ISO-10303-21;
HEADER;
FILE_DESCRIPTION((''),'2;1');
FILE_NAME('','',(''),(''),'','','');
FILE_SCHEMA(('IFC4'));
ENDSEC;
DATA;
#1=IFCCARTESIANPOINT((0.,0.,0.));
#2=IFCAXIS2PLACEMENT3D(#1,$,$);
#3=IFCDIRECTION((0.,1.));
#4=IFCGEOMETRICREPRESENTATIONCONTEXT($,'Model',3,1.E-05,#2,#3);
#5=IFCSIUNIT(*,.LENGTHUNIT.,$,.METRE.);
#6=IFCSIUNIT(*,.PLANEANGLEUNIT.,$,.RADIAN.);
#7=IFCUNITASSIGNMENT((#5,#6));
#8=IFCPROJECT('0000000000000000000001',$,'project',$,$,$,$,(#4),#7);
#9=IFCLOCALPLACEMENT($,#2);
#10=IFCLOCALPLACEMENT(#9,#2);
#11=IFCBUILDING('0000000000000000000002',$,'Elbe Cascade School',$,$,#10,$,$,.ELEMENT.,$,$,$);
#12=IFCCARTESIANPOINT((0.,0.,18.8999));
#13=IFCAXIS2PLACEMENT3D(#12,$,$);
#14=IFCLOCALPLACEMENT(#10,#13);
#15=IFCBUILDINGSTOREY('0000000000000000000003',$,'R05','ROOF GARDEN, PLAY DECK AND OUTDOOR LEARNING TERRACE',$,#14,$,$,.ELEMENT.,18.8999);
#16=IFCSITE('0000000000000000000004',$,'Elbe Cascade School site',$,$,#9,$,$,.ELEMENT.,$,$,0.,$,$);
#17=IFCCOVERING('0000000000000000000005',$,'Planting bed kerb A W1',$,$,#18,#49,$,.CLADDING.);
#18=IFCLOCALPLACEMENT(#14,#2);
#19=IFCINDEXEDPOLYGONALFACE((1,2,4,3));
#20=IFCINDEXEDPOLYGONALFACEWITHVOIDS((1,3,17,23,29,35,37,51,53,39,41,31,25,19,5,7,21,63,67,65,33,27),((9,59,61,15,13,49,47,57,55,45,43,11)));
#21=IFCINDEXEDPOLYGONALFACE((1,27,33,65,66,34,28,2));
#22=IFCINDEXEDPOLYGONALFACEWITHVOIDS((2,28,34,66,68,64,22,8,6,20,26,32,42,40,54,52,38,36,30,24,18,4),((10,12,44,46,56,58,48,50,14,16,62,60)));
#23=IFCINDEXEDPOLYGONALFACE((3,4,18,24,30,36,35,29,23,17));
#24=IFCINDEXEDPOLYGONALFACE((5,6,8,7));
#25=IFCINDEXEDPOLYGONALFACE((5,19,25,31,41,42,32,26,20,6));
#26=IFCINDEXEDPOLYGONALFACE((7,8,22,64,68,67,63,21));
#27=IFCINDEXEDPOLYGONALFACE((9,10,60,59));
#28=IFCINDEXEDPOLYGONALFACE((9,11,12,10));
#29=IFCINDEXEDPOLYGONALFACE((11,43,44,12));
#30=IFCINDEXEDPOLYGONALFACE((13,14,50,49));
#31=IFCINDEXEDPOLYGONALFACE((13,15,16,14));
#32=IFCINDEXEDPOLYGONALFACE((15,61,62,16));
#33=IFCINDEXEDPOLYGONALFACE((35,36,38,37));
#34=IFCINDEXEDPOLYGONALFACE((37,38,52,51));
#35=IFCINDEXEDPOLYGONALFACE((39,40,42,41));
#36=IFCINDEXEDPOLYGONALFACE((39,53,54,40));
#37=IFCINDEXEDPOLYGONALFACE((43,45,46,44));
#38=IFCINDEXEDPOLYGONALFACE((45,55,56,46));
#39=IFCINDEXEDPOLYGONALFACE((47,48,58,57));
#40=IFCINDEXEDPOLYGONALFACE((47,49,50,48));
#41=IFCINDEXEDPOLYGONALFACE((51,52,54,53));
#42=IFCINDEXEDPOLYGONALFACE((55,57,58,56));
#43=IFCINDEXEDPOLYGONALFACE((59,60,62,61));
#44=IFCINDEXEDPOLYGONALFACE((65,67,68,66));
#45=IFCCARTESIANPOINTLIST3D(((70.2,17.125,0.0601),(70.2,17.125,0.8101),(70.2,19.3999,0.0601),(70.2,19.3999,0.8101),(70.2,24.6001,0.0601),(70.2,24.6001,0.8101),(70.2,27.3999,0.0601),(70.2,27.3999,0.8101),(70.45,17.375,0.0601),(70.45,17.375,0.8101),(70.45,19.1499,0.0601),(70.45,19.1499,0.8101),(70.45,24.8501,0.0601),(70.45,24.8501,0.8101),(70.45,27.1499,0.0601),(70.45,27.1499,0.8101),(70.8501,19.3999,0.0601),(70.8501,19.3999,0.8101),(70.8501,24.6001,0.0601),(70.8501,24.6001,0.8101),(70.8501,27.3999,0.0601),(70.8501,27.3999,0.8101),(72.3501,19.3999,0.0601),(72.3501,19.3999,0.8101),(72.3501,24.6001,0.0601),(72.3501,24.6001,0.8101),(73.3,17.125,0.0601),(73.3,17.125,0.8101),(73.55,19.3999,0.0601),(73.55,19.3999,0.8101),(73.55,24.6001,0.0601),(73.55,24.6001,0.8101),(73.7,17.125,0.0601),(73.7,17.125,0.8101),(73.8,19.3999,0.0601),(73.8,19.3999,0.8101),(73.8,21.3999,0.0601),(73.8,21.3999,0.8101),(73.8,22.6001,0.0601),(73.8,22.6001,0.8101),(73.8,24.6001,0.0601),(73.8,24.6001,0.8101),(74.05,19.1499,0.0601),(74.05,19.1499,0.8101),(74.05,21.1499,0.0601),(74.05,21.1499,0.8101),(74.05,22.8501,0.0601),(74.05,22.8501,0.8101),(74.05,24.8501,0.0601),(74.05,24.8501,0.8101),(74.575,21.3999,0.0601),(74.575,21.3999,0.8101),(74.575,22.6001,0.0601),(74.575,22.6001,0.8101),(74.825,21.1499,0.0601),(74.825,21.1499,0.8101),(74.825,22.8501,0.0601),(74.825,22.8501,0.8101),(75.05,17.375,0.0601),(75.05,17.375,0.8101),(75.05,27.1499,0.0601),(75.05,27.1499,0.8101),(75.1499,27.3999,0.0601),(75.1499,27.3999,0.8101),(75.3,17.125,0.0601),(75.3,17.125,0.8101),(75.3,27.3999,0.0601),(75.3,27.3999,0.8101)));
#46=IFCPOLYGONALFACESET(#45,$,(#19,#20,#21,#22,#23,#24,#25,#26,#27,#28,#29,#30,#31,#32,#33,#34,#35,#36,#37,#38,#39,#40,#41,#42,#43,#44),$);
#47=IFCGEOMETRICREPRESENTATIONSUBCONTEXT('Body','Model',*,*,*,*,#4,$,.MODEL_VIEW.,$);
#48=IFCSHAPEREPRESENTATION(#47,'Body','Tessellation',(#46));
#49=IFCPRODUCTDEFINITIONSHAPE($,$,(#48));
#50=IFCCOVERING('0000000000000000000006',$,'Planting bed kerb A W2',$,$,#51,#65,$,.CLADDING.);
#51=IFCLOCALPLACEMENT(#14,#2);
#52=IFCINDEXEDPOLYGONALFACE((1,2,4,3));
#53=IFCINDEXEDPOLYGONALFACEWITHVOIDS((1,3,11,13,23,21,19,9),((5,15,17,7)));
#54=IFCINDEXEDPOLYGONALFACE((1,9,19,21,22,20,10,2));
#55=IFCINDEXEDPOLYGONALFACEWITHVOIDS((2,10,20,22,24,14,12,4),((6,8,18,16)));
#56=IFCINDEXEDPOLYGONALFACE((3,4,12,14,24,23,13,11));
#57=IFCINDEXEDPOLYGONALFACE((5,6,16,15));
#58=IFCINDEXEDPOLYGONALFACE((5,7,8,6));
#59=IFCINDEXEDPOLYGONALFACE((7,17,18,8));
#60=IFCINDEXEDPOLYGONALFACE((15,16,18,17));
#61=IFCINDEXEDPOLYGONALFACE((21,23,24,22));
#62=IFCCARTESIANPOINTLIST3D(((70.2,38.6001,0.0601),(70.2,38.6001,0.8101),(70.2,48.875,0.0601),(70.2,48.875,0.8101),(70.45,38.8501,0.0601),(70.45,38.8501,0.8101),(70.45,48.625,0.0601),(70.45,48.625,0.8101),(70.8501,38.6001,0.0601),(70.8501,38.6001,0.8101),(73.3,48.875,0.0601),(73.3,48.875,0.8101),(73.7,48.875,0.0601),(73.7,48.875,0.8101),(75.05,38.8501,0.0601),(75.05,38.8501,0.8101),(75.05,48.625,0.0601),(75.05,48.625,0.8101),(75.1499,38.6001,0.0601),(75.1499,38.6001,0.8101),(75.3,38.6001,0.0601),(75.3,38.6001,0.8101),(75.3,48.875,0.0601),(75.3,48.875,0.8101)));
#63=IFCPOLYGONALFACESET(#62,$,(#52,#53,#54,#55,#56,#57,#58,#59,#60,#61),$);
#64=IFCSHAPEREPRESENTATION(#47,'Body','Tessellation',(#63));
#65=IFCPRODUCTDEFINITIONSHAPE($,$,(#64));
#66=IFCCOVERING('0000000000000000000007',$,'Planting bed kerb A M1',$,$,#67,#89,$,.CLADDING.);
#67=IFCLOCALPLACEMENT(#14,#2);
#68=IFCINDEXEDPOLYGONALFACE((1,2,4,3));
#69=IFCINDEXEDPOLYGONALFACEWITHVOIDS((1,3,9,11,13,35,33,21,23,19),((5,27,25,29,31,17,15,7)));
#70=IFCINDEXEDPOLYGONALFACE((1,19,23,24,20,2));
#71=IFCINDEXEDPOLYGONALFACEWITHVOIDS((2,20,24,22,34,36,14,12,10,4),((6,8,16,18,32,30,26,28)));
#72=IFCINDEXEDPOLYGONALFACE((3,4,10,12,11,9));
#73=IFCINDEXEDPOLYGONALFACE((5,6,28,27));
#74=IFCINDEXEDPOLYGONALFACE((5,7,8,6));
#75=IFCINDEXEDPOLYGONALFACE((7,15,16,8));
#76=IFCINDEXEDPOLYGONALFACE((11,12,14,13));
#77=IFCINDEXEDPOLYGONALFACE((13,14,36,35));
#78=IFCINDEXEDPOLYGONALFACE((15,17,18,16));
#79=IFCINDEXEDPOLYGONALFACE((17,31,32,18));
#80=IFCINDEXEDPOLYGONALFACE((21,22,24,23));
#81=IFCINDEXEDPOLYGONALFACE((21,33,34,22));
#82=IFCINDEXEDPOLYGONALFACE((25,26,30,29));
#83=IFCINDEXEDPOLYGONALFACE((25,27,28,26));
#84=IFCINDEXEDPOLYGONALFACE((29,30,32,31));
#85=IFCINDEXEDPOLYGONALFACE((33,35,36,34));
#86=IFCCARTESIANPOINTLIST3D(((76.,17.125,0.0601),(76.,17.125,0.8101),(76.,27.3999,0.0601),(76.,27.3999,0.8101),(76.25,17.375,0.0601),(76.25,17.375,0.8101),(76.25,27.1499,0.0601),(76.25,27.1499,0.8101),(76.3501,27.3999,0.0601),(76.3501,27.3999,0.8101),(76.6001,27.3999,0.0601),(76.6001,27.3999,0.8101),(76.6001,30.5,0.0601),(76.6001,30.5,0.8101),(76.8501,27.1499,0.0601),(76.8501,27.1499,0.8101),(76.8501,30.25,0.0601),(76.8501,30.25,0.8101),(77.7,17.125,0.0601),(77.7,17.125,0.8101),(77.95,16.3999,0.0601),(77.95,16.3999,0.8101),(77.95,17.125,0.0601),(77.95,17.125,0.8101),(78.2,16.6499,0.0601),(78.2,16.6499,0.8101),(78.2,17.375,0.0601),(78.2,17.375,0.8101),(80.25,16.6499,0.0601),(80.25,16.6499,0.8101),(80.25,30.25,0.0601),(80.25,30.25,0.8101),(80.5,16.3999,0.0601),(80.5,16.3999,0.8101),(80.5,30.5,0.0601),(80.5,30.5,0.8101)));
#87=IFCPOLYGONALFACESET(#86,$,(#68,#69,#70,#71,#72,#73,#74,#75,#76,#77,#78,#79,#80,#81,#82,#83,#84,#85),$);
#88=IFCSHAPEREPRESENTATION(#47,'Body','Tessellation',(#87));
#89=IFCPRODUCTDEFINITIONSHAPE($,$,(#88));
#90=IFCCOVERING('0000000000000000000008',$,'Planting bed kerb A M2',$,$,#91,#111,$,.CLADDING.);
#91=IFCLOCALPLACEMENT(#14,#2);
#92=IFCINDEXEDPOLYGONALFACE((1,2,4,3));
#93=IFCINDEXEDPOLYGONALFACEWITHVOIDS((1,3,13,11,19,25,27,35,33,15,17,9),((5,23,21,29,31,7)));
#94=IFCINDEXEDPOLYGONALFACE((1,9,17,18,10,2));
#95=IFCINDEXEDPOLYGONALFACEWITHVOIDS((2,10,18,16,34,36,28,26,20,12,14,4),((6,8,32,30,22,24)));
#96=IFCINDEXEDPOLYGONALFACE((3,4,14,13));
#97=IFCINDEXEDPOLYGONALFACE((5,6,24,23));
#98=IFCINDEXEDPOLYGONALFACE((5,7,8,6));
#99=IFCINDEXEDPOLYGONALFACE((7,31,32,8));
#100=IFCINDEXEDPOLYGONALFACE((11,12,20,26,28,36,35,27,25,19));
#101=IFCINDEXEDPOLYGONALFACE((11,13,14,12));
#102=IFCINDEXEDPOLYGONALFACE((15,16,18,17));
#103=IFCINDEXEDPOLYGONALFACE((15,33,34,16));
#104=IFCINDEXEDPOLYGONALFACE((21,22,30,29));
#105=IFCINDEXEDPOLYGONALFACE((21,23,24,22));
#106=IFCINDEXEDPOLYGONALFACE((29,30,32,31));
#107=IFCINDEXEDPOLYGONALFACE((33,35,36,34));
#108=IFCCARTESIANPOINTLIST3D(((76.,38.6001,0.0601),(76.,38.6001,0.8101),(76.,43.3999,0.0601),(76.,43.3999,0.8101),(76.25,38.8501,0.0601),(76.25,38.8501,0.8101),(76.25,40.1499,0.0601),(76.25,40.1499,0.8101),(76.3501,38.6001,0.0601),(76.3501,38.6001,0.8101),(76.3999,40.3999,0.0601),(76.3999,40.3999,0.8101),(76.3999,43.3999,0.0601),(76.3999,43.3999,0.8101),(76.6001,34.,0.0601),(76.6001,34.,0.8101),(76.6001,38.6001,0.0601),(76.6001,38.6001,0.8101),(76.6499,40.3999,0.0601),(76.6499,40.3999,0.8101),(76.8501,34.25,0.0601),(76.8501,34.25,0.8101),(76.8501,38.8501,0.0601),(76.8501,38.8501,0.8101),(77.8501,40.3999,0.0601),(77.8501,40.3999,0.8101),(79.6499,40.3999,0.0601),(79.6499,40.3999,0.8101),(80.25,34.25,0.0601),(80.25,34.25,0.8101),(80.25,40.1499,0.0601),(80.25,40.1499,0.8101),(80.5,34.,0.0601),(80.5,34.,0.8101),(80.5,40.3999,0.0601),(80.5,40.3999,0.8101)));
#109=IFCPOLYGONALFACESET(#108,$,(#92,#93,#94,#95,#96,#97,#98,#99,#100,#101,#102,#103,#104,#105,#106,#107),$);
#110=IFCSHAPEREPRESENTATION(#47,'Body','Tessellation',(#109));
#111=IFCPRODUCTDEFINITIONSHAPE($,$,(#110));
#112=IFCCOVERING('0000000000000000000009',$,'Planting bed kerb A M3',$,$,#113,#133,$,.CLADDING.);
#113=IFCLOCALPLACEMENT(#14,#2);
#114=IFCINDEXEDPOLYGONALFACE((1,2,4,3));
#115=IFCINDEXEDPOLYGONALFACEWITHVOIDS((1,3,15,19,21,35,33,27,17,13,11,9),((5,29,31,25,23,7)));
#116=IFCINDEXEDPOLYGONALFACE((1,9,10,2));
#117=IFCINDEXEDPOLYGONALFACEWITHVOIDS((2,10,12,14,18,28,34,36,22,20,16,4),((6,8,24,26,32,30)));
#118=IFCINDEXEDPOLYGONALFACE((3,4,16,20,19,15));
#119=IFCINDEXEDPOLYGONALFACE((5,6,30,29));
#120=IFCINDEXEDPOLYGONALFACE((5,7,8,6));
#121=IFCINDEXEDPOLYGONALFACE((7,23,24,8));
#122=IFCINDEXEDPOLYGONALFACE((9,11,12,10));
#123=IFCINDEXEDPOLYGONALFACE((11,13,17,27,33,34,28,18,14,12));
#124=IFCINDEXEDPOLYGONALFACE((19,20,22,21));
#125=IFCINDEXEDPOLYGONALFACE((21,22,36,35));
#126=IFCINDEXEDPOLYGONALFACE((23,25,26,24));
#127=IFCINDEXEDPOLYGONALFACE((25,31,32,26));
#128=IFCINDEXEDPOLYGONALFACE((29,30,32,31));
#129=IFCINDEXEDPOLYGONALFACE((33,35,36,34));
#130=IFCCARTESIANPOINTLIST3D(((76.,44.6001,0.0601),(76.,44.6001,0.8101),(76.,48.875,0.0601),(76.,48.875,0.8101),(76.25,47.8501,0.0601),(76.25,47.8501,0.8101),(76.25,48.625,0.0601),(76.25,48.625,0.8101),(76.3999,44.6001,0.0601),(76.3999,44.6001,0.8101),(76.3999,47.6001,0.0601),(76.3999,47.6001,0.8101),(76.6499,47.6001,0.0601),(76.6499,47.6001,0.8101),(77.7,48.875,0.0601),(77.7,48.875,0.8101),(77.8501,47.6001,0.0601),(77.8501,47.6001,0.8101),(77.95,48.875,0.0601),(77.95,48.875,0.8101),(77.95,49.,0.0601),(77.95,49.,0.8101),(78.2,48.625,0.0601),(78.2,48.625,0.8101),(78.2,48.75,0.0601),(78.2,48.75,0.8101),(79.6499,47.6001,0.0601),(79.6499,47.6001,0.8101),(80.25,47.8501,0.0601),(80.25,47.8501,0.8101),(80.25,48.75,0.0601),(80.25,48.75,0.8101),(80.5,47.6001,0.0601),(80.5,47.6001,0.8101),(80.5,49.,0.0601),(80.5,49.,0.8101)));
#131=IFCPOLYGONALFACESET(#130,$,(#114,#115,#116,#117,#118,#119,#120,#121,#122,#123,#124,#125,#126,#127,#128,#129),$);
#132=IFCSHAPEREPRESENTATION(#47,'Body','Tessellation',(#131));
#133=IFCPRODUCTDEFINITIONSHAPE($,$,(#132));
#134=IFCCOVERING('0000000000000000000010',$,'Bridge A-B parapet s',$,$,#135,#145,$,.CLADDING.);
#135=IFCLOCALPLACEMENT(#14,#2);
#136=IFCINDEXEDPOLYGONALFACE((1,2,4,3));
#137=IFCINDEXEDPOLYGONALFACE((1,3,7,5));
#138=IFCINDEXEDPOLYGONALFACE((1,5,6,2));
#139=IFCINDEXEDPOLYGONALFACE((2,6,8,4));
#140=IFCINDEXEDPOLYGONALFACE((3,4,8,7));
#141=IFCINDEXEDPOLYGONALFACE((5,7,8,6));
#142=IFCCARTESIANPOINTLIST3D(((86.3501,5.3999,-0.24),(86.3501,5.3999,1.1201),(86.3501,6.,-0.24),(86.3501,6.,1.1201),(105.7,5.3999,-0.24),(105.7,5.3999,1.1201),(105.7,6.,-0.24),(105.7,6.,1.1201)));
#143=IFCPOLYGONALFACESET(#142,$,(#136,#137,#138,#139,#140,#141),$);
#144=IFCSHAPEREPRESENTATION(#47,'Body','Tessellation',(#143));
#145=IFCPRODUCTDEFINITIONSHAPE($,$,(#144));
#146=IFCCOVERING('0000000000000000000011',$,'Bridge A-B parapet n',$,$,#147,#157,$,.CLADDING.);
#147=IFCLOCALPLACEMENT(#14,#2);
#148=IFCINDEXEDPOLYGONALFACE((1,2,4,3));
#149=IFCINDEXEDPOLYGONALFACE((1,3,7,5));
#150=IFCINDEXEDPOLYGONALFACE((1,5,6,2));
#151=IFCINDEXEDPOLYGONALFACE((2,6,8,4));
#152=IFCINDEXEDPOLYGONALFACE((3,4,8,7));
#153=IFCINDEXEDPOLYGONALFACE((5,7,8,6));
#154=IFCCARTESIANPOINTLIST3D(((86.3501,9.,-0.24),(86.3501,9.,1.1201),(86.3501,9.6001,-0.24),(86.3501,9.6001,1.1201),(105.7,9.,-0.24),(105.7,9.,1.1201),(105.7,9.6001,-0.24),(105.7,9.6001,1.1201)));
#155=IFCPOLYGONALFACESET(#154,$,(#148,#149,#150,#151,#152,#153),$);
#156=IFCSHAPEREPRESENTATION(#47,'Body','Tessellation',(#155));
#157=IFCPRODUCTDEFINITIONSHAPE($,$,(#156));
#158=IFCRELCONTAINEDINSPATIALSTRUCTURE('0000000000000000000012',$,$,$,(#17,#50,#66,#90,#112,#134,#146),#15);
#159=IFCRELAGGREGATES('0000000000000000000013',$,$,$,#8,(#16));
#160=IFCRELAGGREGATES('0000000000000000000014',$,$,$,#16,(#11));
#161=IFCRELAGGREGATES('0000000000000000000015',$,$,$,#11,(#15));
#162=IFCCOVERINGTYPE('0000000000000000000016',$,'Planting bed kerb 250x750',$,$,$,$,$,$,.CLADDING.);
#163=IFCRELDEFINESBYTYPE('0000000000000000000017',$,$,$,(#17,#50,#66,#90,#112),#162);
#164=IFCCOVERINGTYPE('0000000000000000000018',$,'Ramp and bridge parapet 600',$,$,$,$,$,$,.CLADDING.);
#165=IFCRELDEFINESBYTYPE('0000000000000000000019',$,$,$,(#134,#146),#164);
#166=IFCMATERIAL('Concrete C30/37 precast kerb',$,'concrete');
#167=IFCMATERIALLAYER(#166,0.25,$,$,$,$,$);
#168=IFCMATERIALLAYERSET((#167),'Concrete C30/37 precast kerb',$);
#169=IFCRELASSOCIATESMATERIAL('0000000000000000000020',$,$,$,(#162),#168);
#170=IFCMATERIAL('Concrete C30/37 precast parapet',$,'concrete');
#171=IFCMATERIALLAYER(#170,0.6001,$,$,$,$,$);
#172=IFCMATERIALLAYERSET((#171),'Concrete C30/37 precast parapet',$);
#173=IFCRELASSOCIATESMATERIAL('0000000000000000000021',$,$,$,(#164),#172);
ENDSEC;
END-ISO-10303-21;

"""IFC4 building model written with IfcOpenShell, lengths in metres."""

from ifc_helpers import new_model, si_unit, direction, frame, origin, place, context, subcontext, project, spatial, polyline, outline, extrude, material, layer, layer_set, type_object, element, save


model = new_model("IFC4")

# Units and contexts
model_context = context("Model", 3, precision=1e-05, world=origin(), true_north=direction((0.0, 1.0)))
body_context = subcontext(model_context, "Body", "Model", "MODEL_VIEW")
ifc_project = project(units=[si_unit("LENGTHUNIT", "METRE"), si_unit("PLANEANGLEUNIT", "RADIAN")], contexts=[model_context])

# Site, building, storey
site_placement = place(None, origin())
site = spatial("IfcSite", under=ifc_project, at=site_placement, Name="Elbe Cascade School site", CompositionType="ELEMENT", RefElevation=0.0)
building_placement = place(site_placement, origin())
building = spatial("IfcBuilding", under=site, at=building_placement, Name="Elbe Cascade School", CompositionType="ELEMENT")
storey_placement = place(building_placement, frame((0.0, 0.0, 18.8999)))
storey = spatial("IfcBuildingStorey", under=building, at=storey_placement, Name="R05", Description="ROOF GARDEN, PLAY DECK AND OUTDOOR LEARNING TERRACE", CompositionType="ELEMENT", Elevation=18.8999)

# Coverings
ifc_material_1 = material(Name="Concrete C30/37 precast kerb", Category="concrete")
ifc_layer_1 = layer(ifc_material_1, 0.25)
ifc_layer_set_1 = layer_set([ifc_layer_1], Name="Concrete C30/37 precast kerb")
covering_type_1 = type_object("IfcCoveringType", Name="Planting bed kerb 250x750", PredefinedType="CLADDING", material=ifc_layer_set_1)
covering_1_placement = place(storey_placement, frame((0.0, 0.0, 0.0601)))
element("IfcCovering", 1, at=covering_1_placement, inside=storey, type_object=covering_type_1, Name="Planting bed kerb A W1", PredefinedType="CLADDING", context=body_context, shape_type="SweptSolid", body=[
    extrude(outline(polyline([(75.3, 17.125), (73.7, 17.125), (73.3, 17.125), (70.2, 17.125), (70.2, 19.3999), (70.8501, 19.3999), (72.3501, 19.3999), (73.55, 19.3999), (73.8, 19.3999), (73.8, 21.3999), (74.575, 21.3999), (74.575, 22.6001), (73.8, 22.6001), (73.8, 24.6001), (73.55, 24.6001), (72.3501, 24.6001), (70.8501, 24.6001), (70.2, 24.6001), (70.2, 27.3999), (70.8501, 27.3999), (75.1499, 27.3999), (75.3, 27.3999), (75.3, 17.125)]), holes=[polyline([(75.05, 17.375), (70.45, 17.375), (70.45, 19.1499), (74.05, 19.1499), (74.05, 21.1499), (74.825, 21.1499), (74.825, 22.8501), (74.05, 22.8501), (74.05, 24.8501), (70.45, 24.8501), (70.45, 27.1499), (75.05, 27.1499), (75.05, 17.375)])]), origin(), (0.0, 0.0, 1.0), 0.75),
])
covering_2_placement = place(storey_placement, frame((0.0, 0.0, 0.0601)))
element("IfcCovering", 2, at=covering_2_placement, inside=storey, type_object=covering_type_1, Name="Planting bed kerb A W2", PredefinedType="CLADDING", context=body_context, shape_type="SweptSolid", body=[
    extrude(outline(polyline([(75.3, 38.6001), (75.1499, 38.6001), (70.8501, 38.6001), (70.2, 38.6001), (70.2, 48.875), (73.3, 48.875), (73.7, 48.875), (75.3, 48.875), (75.3, 38.6001)]), holes=[polyline([(75.05, 38.8501), (70.45, 38.8501), (70.45, 48.625), (75.05, 48.625), (75.05, 38.8501)])]), origin(), (0.0, 0.0, 1.0), 0.75),
])
covering_3_placement = place(storey_placement, frame((0.0, 0.0, 0.0601)))
element("IfcCovering", 3, at=covering_3_placement, inside=storey, type_object=covering_type_1, Name="Planting bed kerb A M1", PredefinedType="CLADDING", context=body_context, shape_type="SweptSolid", body=[
    extrude(outline(polyline([(80.5, 30.5), (80.5, 16.3999), (77.95, 16.3999), (77.95, 17.125), (77.7, 17.125), (76.0, 17.125), (76.0, 27.3999), (76.3501, 27.3999), (76.6001, 27.3999), (76.6001, 30.5), (80.5, 30.5)]), holes=[polyline([(80.25, 30.25), (80.25, 16.6499), (78.2, 16.6499), (78.2, 17.375), (76.25, 17.375), (76.25, 27.1499), (76.8501, 27.1499), (76.8501, 30.25), (80.25, 30.25)])]), origin(), (0.0, 0.0, 1.0), 0.75),
])
covering_4_placement = place(storey_placement, frame((0.0, 0.0, 0.0601)))
element("IfcCovering", 4, at=covering_4_placement, inside=storey, type_object=covering_type_1, Name="Planting bed kerb A M2", PredefinedType="CLADDING", context=body_context, shape_type="SweptSolid", body=[
    extrude(outline(polyline([(80.5, 34.0), (76.6001, 34.0), (76.6001, 38.6001), (76.3501, 38.6001), (76.0, 38.6001), (76.0, 43.3999), (76.3999, 43.3999), (76.3999, 40.3999), (76.6499, 40.3999), (77.8501, 40.3999), (79.6499, 40.3999), (80.5, 40.3999), (80.5, 34.0)]), holes=[polyline([(76.25, 40.1499), (80.25, 40.1499), (80.25, 34.25), (76.8501, 34.25), (76.8501, 38.8501), (76.25, 38.8501), (76.25, 40.1499)])]), origin(), (0.0, 0.0, 1.0), 0.75),
])
covering_5_placement = place(storey_placement, frame((0.0, 0.0, 0.0601)))
element("IfcCovering", 5, at=covering_5_placement, inside=storey, type_object=covering_type_1, Name="Planting bed kerb A M3", PredefinedType="CLADDING", context=body_context, shape_type="SweptSolid", body=[
    extrude(outline(polyline([(80.5, 49.0), (80.5, 47.6001), (79.6499, 47.6001), (77.8501, 47.6001), (76.6499, 47.6001), (76.3999, 47.6001), (76.3999, 44.6001), (76.0, 44.6001), (76.0, 48.875), (77.7, 48.875), (77.95, 48.875), (77.95, 49.0), (80.5, 49.0)]), holes=[polyline([(76.25, 47.8501), (76.25, 48.625), (78.2, 48.625), (78.2, 48.75), (80.25, 48.75), (80.25, 47.8501), (76.25, 47.8501)])]), origin(), (0.0, 0.0, 1.0), 0.75),
])
ifc_material_2 = material(Name="Concrete C30/37 precast parapet", Category="concrete")
ifc_layer_2 = layer(ifc_material_2, 0.6001)
ifc_layer_set_2 = layer_set([ifc_layer_2], Name="Concrete C30/37 precast parapet")
covering_type_2 = type_object("IfcCoveringType", Name="Ramp and bridge parapet 600", PredefinedType="CLADDING", material=ifc_layer_set_2)
covering_6_placement = place(storey_placement, frame((0.0, 0.0, -0.24)))
element("IfcCovering", 6, at=covering_6_placement, inside=storey, type_object=covering_type_2, Name="Bridge A-B parapet s", PredefinedType="CLADDING", context=body_context, shape_type="SweptSolid", body=[
    extrude(outline(polyline([(86.3501, 5.3999), (105.7, 5.3999), (105.7, 6.0), (86.3501, 6.0), (86.3501, 5.3999)])), origin(), (0.0, 0.0, 1.0), 1.3601),
])
covering_7_placement = place(storey_placement, frame((0.0, 0.0, -0.24)))
element("IfcCovering", 7, at=covering_7_placement, inside=storey, type_object=covering_type_2, Name="Bridge A-B parapet n", PredefinedType="CLADDING", context=body_context, shape_type="SweptSolid", body=[
    extrude(outline(polyline([(86.3501, 9.0), (105.7, 9.0), (105.7, 9.6001), (86.3501, 9.6001), (86.3501, 9.0)])), origin(), (0.0, 0.0, 1.0), 1.3601),
])

save(model, "model.ifc")
